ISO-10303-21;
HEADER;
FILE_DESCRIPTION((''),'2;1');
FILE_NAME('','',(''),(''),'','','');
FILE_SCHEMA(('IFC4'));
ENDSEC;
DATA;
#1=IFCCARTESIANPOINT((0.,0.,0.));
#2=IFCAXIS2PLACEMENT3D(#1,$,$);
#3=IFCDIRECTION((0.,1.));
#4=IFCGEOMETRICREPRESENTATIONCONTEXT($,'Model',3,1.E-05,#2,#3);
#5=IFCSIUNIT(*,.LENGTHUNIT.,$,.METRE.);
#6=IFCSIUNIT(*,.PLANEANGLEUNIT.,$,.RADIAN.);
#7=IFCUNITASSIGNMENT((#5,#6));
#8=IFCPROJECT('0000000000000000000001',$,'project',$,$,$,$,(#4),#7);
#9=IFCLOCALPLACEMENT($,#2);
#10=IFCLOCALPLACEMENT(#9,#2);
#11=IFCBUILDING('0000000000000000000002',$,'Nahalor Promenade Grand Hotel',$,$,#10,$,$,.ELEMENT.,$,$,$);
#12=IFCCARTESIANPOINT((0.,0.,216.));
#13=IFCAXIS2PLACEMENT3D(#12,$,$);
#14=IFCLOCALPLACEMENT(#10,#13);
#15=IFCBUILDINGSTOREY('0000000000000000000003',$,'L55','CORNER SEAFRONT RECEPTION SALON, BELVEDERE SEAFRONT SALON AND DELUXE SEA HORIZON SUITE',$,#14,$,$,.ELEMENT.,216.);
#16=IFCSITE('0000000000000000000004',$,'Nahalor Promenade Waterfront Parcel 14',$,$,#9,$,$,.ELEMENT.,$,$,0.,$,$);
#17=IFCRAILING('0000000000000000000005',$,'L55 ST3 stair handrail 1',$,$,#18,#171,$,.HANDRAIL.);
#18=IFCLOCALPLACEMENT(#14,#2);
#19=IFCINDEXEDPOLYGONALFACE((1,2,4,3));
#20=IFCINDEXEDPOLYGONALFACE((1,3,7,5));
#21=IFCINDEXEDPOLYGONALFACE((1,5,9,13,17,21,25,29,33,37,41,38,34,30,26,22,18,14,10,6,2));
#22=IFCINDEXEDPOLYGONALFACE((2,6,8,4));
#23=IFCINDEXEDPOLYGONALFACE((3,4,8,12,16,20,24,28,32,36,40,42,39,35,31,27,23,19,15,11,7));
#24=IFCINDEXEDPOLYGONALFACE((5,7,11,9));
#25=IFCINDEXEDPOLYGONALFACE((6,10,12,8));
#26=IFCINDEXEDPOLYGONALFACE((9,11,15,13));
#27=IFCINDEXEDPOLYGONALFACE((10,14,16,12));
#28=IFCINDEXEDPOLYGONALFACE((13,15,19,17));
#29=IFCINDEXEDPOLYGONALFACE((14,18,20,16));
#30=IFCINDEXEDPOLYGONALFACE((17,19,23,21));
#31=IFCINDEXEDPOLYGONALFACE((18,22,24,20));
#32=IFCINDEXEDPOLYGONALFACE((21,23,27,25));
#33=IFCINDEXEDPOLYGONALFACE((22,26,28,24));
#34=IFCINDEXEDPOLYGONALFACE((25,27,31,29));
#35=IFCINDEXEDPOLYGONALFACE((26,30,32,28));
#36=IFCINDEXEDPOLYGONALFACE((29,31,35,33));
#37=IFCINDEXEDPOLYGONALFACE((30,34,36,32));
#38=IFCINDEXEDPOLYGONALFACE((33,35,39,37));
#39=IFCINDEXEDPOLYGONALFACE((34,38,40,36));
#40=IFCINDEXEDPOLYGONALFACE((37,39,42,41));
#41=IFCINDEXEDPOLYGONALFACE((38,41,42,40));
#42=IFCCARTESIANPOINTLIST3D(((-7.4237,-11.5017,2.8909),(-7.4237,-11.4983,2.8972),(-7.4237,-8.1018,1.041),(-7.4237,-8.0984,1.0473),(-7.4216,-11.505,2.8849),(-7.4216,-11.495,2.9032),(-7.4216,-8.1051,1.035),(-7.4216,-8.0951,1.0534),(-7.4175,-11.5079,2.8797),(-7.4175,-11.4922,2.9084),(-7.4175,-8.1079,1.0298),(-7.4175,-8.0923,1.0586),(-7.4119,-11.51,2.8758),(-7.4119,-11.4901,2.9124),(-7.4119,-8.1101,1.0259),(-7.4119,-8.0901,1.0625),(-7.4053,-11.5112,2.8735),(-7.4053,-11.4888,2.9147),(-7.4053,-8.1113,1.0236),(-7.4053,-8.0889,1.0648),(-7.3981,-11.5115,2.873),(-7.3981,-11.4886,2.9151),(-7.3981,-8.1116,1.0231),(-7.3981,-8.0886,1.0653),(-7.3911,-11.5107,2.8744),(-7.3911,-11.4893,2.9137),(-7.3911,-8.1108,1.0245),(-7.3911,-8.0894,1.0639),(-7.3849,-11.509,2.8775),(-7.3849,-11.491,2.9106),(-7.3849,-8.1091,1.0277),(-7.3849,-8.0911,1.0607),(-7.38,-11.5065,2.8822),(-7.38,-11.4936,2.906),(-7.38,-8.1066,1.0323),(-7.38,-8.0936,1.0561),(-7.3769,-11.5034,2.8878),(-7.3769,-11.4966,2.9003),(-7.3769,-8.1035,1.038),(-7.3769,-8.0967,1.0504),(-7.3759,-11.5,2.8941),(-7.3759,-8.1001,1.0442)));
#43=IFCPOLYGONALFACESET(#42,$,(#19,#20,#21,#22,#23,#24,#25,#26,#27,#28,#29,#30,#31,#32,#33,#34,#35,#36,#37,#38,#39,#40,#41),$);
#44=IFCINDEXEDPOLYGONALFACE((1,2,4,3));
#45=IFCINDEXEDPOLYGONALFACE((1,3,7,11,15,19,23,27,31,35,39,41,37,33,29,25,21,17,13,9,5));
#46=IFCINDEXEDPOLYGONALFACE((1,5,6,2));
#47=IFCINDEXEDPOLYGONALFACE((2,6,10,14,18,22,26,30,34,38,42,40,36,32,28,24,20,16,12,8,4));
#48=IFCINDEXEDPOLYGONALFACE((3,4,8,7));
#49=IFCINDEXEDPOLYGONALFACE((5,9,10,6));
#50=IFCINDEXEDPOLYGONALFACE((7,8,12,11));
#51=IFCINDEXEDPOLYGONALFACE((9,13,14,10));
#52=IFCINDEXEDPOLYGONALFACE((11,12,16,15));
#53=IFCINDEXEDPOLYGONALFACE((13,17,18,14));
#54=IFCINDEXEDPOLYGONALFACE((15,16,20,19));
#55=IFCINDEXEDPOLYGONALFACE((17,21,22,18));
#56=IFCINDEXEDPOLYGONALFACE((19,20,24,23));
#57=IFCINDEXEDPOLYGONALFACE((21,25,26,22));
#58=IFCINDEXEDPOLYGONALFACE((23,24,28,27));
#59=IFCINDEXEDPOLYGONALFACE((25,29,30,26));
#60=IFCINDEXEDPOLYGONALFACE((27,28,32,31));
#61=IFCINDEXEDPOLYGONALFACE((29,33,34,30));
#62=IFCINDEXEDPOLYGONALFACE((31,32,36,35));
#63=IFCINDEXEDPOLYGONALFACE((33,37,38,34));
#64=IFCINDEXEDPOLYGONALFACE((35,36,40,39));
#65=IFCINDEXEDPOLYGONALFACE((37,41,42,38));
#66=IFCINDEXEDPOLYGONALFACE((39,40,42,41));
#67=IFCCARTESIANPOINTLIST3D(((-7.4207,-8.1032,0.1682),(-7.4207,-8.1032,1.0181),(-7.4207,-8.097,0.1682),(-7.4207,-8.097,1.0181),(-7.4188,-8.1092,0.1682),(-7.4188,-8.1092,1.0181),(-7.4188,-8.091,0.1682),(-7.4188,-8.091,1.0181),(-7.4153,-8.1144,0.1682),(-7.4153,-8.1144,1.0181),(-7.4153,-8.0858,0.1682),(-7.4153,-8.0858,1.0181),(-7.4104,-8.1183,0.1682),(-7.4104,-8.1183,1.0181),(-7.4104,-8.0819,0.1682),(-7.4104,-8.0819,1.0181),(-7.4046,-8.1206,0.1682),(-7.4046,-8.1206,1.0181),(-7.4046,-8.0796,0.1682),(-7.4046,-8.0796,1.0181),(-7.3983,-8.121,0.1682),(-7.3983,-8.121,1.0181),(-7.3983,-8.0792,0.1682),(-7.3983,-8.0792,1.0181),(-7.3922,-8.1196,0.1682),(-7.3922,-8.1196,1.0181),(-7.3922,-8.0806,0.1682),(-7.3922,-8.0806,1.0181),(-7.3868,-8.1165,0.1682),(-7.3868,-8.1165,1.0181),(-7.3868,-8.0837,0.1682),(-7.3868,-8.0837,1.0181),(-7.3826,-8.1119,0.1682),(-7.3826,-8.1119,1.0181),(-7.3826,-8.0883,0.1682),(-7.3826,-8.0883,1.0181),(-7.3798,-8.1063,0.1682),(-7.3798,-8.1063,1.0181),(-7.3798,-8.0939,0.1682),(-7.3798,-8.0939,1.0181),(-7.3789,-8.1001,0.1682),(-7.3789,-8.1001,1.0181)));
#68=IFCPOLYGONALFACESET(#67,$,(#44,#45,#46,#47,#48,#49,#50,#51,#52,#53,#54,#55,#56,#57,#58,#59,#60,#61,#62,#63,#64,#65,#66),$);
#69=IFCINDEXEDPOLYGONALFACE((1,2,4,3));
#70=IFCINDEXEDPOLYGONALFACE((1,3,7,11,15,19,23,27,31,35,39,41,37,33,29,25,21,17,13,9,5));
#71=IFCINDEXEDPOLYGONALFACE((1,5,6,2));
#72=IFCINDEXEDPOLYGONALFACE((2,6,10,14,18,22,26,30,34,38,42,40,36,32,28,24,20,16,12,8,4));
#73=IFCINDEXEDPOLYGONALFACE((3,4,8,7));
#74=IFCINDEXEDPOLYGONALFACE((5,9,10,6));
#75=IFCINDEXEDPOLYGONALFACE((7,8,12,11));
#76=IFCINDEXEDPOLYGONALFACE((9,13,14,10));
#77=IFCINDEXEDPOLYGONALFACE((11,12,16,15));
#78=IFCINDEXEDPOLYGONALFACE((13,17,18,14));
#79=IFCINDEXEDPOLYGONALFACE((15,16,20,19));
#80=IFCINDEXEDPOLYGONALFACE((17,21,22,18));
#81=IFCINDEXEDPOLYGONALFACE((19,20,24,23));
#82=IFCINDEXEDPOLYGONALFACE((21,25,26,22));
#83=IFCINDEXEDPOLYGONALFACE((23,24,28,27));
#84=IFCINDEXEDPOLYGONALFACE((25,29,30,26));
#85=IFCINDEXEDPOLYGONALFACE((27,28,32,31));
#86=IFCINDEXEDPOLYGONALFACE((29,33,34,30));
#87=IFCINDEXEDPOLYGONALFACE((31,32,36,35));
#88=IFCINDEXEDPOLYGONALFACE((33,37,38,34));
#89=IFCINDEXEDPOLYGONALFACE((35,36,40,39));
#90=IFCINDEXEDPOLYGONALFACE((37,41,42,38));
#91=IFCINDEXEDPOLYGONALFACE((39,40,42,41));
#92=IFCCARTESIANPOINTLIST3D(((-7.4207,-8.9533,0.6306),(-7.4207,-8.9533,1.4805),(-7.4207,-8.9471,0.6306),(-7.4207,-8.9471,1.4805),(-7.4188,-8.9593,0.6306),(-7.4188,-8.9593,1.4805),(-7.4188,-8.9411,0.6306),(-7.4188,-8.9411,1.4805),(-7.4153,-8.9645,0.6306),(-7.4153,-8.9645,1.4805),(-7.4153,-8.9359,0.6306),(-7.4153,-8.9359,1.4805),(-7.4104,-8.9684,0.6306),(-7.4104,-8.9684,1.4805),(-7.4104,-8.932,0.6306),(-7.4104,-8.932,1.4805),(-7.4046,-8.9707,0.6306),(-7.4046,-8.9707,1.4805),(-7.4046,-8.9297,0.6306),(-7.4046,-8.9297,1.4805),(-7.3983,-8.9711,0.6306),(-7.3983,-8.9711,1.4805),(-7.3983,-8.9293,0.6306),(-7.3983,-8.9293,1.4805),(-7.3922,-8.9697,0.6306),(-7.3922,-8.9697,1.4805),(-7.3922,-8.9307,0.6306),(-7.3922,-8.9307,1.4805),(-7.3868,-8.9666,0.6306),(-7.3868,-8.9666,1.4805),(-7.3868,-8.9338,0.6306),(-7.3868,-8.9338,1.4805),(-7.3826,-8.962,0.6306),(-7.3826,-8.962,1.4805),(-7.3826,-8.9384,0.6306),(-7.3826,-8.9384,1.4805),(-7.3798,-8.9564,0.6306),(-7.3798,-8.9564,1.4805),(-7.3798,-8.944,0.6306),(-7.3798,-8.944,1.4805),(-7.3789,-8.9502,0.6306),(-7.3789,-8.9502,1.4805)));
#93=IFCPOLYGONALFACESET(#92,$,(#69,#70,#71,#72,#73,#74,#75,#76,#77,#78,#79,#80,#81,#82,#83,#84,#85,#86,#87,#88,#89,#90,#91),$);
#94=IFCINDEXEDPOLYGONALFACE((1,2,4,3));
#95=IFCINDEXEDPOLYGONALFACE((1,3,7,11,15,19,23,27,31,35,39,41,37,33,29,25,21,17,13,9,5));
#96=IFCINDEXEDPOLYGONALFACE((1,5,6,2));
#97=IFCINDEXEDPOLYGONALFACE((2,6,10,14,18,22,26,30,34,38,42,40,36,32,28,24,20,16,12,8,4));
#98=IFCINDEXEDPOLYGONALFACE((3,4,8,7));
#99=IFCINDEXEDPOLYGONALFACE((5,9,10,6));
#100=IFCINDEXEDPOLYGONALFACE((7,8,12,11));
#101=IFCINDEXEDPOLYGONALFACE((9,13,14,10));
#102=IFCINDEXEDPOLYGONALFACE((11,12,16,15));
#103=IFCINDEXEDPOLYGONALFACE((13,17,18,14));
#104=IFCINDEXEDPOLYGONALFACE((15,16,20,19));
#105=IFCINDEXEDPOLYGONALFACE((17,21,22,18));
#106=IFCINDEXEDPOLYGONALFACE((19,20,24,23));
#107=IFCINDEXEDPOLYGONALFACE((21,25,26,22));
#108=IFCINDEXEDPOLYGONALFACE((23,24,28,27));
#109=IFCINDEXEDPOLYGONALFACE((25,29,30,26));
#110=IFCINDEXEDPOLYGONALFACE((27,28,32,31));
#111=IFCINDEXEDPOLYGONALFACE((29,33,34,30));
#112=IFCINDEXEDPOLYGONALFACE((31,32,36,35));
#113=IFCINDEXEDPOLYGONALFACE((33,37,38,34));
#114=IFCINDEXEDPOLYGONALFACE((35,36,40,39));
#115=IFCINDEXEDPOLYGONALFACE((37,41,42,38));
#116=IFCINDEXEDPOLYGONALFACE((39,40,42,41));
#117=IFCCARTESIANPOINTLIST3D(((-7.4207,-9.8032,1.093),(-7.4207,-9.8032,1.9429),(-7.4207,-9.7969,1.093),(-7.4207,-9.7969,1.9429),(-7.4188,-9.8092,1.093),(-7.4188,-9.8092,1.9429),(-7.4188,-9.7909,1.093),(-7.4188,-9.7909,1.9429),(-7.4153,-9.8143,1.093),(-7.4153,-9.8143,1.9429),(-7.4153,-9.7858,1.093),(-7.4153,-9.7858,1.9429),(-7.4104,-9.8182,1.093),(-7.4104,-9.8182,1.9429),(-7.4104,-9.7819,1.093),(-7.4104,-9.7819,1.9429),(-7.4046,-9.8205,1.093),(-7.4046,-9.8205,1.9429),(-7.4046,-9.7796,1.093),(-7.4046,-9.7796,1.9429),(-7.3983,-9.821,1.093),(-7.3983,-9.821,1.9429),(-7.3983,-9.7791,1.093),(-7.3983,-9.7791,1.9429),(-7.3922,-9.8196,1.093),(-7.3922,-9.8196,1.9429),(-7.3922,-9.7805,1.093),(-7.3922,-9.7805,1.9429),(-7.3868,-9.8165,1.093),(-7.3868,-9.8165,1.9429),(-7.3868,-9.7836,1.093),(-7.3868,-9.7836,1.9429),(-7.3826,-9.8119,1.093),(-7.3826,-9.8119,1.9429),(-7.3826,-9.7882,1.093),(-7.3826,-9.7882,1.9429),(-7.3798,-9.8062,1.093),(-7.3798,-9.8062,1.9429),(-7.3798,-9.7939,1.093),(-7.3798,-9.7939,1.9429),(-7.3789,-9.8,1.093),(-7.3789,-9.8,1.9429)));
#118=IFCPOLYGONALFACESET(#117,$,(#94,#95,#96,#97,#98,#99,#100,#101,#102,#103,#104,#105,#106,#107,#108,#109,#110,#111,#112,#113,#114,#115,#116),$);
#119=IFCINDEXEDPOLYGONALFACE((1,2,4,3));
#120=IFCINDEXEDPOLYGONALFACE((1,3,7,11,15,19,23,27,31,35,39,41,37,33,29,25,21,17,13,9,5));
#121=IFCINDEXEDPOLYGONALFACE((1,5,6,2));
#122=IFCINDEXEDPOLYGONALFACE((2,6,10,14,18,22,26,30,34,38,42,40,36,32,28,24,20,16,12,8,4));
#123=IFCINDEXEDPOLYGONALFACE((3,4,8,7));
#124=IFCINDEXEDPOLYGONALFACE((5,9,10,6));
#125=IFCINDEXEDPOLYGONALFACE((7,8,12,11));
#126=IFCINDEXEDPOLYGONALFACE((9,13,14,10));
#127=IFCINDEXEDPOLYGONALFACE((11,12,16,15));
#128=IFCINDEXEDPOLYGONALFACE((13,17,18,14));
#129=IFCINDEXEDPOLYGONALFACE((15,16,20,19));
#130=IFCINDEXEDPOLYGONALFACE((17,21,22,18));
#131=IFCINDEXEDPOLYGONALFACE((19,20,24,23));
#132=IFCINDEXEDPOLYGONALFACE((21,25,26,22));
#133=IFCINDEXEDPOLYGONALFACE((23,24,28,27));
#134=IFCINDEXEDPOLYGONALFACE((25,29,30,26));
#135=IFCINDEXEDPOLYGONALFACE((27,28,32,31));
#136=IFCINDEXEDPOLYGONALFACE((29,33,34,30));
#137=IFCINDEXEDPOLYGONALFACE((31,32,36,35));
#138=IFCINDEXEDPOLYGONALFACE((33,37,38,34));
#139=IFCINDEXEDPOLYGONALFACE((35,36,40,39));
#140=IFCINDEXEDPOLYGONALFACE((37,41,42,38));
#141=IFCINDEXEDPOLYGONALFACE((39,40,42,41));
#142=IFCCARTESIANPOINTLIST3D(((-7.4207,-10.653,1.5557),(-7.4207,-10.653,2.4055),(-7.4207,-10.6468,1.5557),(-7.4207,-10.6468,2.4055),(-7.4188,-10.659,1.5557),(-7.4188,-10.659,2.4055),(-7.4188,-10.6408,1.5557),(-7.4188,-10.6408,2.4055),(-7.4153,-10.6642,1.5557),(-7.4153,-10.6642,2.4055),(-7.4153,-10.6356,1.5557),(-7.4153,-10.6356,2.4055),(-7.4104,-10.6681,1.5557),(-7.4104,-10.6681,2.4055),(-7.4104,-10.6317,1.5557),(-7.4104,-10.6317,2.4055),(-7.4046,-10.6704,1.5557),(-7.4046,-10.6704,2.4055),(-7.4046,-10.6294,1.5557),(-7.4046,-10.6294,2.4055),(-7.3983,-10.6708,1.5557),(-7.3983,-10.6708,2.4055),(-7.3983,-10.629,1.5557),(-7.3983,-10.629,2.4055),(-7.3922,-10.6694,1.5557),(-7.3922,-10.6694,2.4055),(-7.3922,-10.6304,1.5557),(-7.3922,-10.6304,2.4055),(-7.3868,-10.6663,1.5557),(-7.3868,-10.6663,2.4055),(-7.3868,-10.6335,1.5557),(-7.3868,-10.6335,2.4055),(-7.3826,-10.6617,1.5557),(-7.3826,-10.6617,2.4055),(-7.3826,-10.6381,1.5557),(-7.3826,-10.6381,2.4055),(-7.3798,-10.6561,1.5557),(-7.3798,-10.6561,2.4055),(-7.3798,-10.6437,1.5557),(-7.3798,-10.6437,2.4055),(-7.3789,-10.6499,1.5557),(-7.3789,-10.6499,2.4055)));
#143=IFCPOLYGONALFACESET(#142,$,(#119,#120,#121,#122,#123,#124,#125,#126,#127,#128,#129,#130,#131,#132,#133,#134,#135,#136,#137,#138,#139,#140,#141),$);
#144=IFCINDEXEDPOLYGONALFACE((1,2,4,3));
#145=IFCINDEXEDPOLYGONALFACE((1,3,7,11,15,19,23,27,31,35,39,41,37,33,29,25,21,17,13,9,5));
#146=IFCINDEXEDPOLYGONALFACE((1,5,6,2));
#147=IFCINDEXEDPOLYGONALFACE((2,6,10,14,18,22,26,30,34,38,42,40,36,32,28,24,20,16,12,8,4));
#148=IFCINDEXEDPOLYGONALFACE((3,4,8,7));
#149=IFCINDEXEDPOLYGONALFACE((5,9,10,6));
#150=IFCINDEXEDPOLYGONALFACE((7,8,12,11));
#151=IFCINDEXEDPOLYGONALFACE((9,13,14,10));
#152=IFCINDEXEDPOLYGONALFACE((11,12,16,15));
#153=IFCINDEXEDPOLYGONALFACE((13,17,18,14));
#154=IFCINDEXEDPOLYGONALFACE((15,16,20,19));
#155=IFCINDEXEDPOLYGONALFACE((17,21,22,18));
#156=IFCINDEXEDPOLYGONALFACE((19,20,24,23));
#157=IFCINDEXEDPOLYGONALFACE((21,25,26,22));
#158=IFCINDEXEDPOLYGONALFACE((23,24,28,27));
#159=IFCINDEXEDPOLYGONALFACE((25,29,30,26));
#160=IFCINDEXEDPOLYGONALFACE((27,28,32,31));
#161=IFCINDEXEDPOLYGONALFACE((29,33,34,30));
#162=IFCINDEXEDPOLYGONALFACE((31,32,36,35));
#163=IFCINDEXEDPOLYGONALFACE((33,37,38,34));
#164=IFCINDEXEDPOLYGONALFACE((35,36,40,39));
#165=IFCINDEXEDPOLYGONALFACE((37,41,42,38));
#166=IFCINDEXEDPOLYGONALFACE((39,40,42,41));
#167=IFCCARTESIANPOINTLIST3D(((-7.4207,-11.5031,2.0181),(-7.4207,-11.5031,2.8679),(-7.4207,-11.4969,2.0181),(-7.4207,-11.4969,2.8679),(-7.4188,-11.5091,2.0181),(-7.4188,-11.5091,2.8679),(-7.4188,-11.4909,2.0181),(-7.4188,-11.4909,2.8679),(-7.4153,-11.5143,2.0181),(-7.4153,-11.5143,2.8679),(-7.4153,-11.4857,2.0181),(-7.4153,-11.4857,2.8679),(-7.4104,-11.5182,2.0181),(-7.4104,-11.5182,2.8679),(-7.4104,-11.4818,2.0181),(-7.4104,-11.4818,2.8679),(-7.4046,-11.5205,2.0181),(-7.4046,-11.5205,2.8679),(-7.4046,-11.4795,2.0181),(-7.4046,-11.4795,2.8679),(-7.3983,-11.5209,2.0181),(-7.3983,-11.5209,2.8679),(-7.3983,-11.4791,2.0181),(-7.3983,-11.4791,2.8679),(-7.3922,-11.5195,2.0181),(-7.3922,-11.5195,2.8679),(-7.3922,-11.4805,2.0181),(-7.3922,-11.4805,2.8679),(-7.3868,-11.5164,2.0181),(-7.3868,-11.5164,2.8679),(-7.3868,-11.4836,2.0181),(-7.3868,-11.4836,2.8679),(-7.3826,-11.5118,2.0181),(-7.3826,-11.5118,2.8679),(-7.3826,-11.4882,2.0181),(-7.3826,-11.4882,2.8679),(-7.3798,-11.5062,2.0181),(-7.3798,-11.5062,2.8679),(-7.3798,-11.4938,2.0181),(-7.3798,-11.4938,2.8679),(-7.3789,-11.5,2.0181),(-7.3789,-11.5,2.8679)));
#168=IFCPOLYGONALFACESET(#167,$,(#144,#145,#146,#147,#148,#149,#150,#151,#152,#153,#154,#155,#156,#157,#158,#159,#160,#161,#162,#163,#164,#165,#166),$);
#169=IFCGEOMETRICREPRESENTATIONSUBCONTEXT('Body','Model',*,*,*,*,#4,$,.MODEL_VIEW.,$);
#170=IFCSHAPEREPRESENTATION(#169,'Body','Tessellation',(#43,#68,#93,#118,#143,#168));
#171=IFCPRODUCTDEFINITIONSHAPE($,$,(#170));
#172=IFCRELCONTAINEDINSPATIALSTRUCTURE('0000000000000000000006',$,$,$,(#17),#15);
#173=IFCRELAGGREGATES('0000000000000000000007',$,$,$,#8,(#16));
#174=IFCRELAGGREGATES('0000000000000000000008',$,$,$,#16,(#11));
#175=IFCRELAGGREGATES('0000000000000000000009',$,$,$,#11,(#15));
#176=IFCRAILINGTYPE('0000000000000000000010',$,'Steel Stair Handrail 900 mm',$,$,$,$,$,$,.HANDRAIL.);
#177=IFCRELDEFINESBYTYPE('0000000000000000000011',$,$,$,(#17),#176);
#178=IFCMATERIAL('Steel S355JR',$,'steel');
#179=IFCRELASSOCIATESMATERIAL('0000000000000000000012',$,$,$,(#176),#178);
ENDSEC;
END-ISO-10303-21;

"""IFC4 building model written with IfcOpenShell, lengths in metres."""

from ifc_helpers import new_model, si_unit, direction, frame, origin, origin_2d, place, context, subcontext, project, spatial, circle, extrude, material, type_object, element, save


model = new_model("IFC4")

# Units and contexts
model_context = context("Model", 3, precision=1e-05, world=origin(), true_north=direction((0.0, 1.0)))
body_context = subcontext(model_context, "Body", "Model", "MODEL_VIEW")
ifc_project = project(units=[si_unit("LENGTHUNIT", "METRE"), si_unit("PLANEANGLEUNIT", "RADIAN")], contexts=[model_context])

# Site, building, storey
site_placement = place(None, origin())
site = spatial("IfcSite", under=ifc_project, at=site_placement, Name="Nahalor Promenade Waterfront Parcel 14", CompositionType="ELEMENT", RefElevation=0.0)
building_placement = place(site_placement, origin())
building = spatial("IfcBuilding", under=site, at=building_placement, Name="Nahalor Promenade Grand Hotel", CompositionType="ELEMENT")
storey_placement = place(building_placement, frame((0.0, 0.0, 216.0)))
storey = spatial("IfcBuildingStorey", under=building, at=storey_placement, Name="L55", Description="CORNER SEAFRONT RECEPTION SALON, BELVEDERE SEAFRONT SALON AND DELUXE SEA HORIZON SUITE", CompositionType="ELEMENT", Elevation=216.0)

# Shared definitions
ifc_material_1 = material(Name="Steel S355JR", Category="steel")

# Railing
railing_type_1 = type_object("IfcRailingType", Name="Steel Stair Handrail 900 mm", PredefinedType="HANDRAIL", material=ifc_material_1)
railing_1_placement = place(storey_placement, frame((-7.3999, -8.1001, 0.1682)))
element("IfcRailing", 1, at=railing_1_placement, inside=storey, type_object=railing_type_1, Name="L55 ST3 stair handrail 1", PredefinedType="HANDRAIL", context=body_context, shape_type="SweptSolid", body=[
    extrude(circle(Radius=0.024, at=origin_2d()), frame((0.0, 0.0, 0.876), z_axis=(0.0, -0.878399, 0.477928), x_axis=(1.0, 0.0, 0.0)), (0.0, 0.0, 1.0), 3.8706),
    extrude(circle(Radius=0.021, at=origin_2d()), origin(), (0.0, 0.0, 1.0), 0.8499),
    extrude(circle(Radius=0.021, at=origin_2d()), frame((0.0, -0.8501, 0.4624)), (0.0, 0.0, 1.0), 0.8499),
    extrude(circle(Radius=0.021, at=origin_2d()), frame((0.0, -1.7, 0.9248)), (0.0, 0.0, 1.0), 0.8499),
    extrude(circle(Radius=0.021, at=origin_2d()), frame((0.0, -2.5498, 1.3875)), (0.0, 0.0, 1.0), 0.8499),
    extrude(circle(Radius=0.021, at=origin_2d()), frame((0.0, -3.3999, 1.8499)), (0.0, 0.0, 1.0), 0.8499),
])

save(model, "model.ifc")
